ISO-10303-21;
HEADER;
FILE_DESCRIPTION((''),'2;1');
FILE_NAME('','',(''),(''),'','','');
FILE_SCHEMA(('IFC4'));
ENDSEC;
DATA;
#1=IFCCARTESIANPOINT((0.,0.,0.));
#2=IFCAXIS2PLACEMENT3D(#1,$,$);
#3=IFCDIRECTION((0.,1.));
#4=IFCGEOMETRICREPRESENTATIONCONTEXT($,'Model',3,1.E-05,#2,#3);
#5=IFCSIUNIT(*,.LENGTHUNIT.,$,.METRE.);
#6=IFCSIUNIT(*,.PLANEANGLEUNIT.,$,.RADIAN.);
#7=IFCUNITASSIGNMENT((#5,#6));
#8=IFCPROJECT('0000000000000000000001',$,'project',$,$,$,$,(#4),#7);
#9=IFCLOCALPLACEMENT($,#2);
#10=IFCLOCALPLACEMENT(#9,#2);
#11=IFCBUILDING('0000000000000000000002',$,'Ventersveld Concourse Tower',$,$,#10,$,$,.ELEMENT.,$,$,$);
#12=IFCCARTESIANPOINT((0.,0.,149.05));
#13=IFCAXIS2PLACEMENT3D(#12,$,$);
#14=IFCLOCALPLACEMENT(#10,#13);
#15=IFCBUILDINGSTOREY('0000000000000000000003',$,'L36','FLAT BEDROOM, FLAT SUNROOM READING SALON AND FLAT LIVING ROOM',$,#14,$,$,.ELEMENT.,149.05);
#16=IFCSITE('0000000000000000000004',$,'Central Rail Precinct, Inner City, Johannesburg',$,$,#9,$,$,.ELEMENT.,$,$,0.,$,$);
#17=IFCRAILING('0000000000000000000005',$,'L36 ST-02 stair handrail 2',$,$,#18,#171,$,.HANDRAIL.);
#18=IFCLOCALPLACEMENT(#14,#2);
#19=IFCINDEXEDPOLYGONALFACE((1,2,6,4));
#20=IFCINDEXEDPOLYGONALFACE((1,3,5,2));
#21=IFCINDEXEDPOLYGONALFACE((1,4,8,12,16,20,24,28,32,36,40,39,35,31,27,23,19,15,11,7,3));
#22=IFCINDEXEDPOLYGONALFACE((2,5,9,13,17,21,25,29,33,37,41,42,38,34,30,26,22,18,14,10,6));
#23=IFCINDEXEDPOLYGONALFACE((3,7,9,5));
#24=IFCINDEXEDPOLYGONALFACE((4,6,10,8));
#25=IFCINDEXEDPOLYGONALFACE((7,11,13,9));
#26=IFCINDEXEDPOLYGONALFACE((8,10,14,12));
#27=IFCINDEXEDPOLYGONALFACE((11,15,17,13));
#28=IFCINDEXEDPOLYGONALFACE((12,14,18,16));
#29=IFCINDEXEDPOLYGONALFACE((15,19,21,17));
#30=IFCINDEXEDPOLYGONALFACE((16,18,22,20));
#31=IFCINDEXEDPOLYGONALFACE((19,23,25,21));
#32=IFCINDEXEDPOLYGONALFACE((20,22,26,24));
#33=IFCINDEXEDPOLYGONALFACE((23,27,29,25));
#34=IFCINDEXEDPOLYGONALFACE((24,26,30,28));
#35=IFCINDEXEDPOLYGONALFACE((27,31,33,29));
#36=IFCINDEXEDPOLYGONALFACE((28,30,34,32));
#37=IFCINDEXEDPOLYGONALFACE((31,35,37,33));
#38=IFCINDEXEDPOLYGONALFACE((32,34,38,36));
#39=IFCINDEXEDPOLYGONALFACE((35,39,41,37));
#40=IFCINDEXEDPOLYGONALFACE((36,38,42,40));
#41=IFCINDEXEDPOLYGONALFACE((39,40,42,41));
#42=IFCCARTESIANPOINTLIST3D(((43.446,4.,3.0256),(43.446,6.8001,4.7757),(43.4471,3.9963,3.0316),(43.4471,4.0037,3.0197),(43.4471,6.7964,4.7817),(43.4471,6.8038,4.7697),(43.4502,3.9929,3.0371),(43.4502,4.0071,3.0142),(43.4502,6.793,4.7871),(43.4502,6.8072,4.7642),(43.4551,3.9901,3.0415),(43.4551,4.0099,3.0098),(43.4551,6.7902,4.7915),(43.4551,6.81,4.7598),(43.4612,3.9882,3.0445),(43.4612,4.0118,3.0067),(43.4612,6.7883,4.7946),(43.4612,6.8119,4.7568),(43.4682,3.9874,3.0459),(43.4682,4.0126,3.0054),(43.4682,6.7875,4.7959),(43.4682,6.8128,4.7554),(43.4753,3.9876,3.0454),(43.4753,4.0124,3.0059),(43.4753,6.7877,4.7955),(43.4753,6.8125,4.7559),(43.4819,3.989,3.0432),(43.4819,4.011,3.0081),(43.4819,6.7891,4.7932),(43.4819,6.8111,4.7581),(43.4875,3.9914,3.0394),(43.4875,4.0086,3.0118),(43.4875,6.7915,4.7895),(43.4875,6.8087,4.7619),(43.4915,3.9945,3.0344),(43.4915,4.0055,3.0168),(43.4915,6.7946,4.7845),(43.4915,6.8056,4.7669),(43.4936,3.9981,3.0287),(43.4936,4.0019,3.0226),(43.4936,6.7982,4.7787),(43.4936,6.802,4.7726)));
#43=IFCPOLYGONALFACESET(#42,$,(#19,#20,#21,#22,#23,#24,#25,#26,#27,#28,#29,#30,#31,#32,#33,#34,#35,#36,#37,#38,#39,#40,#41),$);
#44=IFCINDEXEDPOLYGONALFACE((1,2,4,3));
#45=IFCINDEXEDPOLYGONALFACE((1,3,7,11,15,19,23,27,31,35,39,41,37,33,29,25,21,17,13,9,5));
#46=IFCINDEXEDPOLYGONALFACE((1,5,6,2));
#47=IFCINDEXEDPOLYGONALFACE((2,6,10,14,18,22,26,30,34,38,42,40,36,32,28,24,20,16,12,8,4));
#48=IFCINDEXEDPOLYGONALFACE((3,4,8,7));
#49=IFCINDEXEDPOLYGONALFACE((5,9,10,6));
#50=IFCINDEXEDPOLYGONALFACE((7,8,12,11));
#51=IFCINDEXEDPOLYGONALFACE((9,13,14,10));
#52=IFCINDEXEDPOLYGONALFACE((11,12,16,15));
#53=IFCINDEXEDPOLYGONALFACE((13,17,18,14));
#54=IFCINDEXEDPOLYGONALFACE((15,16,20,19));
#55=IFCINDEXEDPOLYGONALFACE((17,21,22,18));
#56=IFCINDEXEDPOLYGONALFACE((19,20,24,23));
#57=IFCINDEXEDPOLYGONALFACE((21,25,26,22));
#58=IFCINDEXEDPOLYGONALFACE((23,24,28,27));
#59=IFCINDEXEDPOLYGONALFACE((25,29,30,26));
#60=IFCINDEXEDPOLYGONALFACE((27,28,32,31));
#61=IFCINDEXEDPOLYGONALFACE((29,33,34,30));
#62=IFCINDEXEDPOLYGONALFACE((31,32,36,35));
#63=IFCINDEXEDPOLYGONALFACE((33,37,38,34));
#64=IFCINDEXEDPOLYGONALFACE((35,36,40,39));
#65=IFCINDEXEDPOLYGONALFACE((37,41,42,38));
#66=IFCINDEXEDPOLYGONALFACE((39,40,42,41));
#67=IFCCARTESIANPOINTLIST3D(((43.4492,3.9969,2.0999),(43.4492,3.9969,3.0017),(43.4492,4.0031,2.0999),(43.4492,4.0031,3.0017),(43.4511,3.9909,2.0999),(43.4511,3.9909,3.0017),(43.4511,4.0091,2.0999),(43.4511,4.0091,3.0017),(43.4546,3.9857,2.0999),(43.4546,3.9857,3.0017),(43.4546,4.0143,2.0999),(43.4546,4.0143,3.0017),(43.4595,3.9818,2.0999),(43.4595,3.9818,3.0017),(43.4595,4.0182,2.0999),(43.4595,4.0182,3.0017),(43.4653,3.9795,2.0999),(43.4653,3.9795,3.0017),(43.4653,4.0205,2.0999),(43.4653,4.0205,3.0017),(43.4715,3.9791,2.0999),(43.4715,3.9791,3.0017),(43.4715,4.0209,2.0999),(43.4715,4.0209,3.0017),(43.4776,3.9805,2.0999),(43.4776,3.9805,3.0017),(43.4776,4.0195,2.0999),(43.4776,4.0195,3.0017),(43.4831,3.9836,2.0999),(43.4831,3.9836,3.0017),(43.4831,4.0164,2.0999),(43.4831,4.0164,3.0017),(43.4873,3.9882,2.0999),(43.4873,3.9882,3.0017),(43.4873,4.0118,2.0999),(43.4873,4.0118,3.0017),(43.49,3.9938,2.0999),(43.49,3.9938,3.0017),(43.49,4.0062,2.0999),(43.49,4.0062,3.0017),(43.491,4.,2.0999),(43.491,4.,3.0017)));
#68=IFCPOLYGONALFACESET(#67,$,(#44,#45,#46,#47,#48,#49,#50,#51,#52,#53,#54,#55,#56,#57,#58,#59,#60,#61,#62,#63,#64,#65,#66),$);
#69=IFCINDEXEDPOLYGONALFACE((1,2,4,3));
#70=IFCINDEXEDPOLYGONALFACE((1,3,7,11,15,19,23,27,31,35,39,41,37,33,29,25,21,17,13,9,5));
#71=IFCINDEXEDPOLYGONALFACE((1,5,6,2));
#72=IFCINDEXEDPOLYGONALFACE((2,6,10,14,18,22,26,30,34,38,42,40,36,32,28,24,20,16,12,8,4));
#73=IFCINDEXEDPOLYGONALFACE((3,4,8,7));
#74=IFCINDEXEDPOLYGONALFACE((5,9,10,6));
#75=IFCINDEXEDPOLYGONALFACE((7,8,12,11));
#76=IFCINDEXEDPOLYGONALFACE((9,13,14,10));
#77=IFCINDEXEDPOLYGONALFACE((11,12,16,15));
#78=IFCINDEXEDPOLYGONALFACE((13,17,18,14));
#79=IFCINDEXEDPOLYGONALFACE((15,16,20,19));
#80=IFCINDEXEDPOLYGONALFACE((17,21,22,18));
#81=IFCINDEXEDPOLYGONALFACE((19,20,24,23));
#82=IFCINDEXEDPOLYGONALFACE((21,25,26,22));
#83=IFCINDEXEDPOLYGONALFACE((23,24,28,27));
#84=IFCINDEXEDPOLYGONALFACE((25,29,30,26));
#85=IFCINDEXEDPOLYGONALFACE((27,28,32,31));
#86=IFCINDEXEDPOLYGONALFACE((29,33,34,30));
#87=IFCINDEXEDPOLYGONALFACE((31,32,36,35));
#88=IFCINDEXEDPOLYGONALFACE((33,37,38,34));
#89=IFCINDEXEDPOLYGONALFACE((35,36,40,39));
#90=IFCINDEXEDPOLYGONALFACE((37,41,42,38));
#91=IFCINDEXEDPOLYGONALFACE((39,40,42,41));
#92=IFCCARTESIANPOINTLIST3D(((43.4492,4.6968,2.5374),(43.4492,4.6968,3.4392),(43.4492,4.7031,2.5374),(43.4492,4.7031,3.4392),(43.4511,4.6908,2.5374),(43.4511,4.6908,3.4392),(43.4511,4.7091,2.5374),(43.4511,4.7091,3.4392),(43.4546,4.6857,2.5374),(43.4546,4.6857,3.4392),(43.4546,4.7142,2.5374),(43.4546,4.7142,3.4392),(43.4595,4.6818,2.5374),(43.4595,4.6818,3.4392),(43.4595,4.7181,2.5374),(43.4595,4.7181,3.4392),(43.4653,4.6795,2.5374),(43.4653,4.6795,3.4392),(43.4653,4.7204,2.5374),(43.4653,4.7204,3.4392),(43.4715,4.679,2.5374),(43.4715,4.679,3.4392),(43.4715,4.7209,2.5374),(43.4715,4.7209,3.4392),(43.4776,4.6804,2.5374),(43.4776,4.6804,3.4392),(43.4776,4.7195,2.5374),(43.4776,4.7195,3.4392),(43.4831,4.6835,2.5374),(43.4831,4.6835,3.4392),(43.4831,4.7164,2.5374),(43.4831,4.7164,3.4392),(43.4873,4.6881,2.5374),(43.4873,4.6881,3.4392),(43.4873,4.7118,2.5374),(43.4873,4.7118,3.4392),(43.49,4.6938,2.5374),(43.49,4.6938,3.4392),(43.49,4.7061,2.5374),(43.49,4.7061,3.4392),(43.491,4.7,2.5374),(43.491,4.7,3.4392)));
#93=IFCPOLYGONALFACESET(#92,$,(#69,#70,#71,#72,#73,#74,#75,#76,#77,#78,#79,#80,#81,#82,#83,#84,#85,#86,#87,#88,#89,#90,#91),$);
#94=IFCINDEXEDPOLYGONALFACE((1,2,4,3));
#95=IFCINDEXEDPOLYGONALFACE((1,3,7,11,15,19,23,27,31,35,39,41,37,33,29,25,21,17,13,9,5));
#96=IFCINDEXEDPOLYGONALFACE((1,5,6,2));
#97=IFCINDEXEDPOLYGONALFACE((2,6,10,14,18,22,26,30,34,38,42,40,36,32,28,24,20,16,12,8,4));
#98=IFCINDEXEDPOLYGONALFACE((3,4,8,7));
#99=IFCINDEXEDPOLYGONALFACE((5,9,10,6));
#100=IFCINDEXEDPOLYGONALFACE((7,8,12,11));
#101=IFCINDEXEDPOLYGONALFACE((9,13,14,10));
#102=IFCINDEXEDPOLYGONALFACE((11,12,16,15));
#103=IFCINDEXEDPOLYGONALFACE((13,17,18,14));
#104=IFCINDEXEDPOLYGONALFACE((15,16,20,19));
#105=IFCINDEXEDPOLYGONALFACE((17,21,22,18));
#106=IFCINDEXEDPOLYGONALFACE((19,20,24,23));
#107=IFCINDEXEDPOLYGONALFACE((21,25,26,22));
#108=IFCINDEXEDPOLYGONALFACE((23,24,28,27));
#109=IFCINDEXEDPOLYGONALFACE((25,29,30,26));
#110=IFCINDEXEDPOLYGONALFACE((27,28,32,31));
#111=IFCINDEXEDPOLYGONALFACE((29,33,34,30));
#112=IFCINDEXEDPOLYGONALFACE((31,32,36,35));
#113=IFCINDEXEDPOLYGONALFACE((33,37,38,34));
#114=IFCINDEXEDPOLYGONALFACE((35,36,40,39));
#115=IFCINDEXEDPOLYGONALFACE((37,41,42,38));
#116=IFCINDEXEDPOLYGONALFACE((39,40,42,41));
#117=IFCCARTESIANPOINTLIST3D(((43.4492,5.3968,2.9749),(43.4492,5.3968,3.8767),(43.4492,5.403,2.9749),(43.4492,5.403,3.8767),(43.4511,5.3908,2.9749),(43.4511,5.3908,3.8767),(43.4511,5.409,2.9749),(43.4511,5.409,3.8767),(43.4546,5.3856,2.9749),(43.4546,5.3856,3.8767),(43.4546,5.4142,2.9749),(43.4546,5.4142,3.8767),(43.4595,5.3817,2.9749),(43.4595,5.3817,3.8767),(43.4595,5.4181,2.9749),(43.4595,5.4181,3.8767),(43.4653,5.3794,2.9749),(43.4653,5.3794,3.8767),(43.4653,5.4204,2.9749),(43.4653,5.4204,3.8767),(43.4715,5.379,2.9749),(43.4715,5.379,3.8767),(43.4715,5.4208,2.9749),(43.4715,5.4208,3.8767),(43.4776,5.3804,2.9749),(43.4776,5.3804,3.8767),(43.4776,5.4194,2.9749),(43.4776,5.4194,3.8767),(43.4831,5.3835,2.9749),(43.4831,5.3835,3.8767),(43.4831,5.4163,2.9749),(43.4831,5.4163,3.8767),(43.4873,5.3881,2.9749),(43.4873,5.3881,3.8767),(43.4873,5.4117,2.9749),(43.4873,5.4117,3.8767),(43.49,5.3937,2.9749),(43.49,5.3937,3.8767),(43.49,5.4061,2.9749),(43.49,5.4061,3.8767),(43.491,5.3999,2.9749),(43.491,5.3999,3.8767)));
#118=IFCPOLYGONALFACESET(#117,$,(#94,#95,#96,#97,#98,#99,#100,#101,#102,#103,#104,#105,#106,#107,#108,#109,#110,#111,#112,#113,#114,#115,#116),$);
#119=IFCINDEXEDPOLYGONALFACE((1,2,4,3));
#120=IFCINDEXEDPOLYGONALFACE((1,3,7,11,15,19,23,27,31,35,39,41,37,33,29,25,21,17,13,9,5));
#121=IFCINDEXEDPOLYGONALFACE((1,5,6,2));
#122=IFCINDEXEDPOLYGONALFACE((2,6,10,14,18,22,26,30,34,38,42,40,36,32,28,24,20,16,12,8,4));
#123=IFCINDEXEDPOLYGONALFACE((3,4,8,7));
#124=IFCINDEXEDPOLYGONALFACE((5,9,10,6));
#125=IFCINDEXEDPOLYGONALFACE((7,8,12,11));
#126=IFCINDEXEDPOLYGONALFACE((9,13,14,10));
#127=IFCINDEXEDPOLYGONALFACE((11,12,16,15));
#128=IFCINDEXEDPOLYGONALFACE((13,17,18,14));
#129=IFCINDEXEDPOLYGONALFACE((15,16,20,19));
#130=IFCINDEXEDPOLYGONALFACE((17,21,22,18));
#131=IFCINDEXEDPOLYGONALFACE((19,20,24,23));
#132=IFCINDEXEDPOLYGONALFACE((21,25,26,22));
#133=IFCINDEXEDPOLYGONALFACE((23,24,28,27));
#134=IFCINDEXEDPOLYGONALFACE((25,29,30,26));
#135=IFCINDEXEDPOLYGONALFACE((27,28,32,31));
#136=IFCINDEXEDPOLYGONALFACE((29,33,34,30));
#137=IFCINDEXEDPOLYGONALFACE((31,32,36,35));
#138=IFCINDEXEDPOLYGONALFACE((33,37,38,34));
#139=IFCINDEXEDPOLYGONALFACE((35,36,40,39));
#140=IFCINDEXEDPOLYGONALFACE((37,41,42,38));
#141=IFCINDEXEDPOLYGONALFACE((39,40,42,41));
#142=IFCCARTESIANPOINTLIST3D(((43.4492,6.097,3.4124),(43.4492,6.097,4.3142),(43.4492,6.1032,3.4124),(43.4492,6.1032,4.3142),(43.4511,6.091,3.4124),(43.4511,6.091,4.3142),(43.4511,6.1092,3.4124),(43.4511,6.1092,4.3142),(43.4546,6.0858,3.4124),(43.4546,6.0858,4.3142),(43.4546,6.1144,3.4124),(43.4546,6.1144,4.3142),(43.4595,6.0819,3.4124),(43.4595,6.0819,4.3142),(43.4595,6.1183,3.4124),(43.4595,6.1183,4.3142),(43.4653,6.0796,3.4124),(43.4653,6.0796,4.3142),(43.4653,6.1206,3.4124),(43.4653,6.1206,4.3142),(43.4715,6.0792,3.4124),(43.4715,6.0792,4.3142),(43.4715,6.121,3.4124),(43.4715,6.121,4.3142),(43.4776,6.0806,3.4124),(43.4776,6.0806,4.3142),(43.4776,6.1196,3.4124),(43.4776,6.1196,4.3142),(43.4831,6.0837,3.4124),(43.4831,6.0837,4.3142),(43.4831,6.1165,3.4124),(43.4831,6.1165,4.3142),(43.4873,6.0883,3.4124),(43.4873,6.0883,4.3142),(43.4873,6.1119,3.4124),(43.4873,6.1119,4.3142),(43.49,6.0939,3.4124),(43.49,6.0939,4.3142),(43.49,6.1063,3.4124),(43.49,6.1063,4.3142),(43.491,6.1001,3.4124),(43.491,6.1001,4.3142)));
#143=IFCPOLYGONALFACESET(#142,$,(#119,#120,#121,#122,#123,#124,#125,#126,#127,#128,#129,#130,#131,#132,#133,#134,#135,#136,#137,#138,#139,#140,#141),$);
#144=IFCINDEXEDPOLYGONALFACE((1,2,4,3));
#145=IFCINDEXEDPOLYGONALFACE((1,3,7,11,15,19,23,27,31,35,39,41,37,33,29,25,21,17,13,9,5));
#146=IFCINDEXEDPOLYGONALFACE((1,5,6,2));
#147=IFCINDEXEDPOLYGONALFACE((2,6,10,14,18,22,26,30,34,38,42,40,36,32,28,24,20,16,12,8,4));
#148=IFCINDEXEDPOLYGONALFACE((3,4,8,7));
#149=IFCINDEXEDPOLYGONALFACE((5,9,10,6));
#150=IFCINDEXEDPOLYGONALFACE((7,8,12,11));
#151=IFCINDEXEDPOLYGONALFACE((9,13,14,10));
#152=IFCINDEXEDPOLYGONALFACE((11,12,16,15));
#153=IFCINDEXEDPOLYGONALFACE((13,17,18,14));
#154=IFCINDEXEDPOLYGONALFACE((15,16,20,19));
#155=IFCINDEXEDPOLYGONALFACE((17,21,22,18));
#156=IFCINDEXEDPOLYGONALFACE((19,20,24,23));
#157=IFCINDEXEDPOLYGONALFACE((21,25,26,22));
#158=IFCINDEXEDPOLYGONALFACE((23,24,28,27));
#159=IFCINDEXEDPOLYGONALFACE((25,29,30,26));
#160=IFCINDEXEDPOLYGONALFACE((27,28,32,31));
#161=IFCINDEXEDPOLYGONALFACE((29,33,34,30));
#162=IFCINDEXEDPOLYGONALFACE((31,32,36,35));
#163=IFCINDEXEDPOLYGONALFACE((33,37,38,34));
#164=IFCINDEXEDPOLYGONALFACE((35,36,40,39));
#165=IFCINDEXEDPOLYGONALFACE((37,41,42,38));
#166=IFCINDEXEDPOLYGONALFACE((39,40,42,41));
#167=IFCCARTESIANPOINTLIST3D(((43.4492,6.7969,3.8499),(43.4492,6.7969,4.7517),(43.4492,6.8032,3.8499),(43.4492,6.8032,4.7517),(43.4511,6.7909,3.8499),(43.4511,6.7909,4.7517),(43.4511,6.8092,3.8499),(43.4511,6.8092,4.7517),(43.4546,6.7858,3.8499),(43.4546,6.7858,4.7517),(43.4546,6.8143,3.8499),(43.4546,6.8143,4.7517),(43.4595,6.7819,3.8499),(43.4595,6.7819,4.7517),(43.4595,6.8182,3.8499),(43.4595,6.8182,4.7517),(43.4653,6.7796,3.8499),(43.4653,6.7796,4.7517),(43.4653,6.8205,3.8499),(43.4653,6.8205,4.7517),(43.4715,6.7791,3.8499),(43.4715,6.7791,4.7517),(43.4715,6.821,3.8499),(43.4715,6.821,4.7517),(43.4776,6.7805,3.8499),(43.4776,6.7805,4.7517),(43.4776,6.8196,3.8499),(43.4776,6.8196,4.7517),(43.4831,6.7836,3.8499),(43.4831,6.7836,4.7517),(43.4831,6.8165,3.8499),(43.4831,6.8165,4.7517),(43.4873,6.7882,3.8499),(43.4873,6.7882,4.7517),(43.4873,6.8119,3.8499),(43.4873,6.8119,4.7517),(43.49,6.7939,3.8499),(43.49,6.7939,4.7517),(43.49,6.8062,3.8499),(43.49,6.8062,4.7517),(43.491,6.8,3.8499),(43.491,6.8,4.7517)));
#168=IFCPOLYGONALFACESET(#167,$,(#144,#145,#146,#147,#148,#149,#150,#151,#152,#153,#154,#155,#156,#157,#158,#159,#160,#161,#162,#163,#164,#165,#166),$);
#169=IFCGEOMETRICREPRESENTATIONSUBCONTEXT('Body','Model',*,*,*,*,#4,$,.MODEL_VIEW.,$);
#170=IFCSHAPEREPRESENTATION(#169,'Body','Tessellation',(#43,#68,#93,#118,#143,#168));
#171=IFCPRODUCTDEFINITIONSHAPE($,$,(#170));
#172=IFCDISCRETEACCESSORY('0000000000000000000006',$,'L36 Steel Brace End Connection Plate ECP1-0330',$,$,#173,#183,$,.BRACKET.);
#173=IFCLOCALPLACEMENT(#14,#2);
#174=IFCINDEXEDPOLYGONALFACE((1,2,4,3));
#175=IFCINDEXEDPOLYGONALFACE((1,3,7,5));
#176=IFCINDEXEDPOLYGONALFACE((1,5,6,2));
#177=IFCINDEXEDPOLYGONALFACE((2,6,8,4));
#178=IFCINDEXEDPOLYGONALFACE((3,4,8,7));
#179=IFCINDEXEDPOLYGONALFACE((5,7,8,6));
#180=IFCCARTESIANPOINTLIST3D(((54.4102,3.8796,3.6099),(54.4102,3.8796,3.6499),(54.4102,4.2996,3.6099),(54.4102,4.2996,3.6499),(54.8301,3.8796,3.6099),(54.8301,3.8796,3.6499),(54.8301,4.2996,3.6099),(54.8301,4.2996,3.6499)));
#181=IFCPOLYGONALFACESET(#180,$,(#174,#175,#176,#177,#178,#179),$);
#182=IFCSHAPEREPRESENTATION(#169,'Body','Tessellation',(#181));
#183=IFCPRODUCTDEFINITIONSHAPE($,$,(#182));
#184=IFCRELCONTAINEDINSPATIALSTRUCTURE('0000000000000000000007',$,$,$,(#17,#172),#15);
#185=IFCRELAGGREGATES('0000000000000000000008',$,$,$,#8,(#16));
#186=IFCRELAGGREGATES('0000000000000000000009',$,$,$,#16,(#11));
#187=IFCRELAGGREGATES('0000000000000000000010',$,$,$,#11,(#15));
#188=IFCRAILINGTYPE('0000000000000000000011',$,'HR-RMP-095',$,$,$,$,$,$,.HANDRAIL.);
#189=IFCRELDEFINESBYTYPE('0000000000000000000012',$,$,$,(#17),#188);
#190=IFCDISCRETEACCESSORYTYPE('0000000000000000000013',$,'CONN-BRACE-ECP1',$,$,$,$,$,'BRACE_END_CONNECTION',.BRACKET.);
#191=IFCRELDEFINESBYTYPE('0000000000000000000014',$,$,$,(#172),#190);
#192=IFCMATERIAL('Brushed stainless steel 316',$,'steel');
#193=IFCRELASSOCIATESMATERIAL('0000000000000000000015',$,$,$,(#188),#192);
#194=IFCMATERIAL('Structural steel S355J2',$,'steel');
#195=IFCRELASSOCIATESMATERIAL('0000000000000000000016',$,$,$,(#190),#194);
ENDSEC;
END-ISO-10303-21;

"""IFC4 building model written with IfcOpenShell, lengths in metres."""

from ifc_helpers import new_model, si_unit, direction, frame, origin, origin_2d, place, context, subcontext, project, spatial, rectangle, circle, extrude, material, type_object, element, save


model = new_model("IFC4")

# Units and contexts
model_context = context("Model", 3, precision=1e-05, world=origin(), true_north=direction((0.0, 1.0)))
body_context = subcontext(model_context, "Body", "Model", "MODEL_VIEW")
ifc_project = project(units=[si_unit("LENGTHUNIT", "METRE"), si_unit("PLANEANGLEUNIT", "RADIAN")], contexts=[model_context])

# Site, building, storey
site_placement = place(None, origin())
site = spatial("IfcSite", under=ifc_project, at=site_placement, Name="Central Rail Precinct, Inner City, Johannesburg", CompositionType="ELEMENT", RefElevation=0.0)
building_placement = place(site_placement, origin())
building = spatial("IfcBuilding", under=site, at=building_placement, Name="Ventersveld Concourse Tower", CompositionType="ELEMENT")
storey_placement = place(building_placement, frame((0.0, 0.0, 149.05)))
storey = spatial("IfcBuildingStorey", under=building, at=storey_placement, Name="L36", Description="FLAT BEDROOM, FLAT SUNROOM READING SALON AND FLAT LIVING ROOM", CompositionType="ELEMENT", Elevation=149.05)

# Shared definitions
ifc_material_1 = material(Name="Structural steel S355J2", Category="steel")

# Railing
ifc_material_2 = material(Name="Brushed stainless steel 316", Category="steel")
railing_type = type_object("IfcRailingType", Name="HR-RMP-095", PredefinedType="HANDRAIL", material=ifc_material_2)
railing_placement = place(storey_placement, frame((43.47, 4.0, 2.0999)))
element("IfcRailing", 1, at=railing_placement, inside=storey, type_object=railing_type, Name="L36 ST-02 stair handrail 2", PredefinedType="HANDRAIL", context=body_context, shape_type="SweptSolid", body=[
    extrude(circle(Radius=0.0239, at=origin_2d()), frame((0.0, 0.0, 0.9258), z_axis=(0.0, 0.848002, 0.529992), x_axis=(-1.0, 0.0, 0.0)), (0.0, 0.0, 1.0), 3.302),
    extrude(circle(Radius=0.021, at=origin_2d()), origin(), (0.0, 0.0, 1.0), 0.9019),
    extrude(circle(Radius=0.021, at=origin_2d()), frame((0.0, 0.7, 0.4375)), (0.0, 0.0, 1.0), 0.9019),
    extrude(circle(Radius=0.021, at=origin_2d()), frame((0.0, 1.3999, 0.875)), (0.0, 0.0, 1.0), 0.9019),
    extrude(circle(Radius=0.021, at=origin_2d()), frame((0.0, 2.1001, 1.3125)), (0.0, 0.0, 1.0), 0.9019),
    extrude(circle(Radius=0.021, at=origin_2d()), frame((0.0, 2.8, 1.75)), (0.0, 0.0, 1.0), 0.9019),
])

# Discrete accessory
discrete_accessory_type = type_object("IfcDiscreteAccessoryType", Name="CONN-BRACE-ECP1", ElementType="BRACE_END_CONNECTION", PredefinedType="BRACKET", material=ifc_material_1)
discrete_accessory_placement = place(storey_placement, frame((54.6201, 4.0896, 3.6099), z_axis=(0.0, 0.0, 1.0), x_axis=(1.0, 0.0, 0.0)))
element("IfcDiscreteAccessory", 2, at=discrete_accessory_placement, inside=storey, type_object=discrete_accessory_type, Name="L36 Steel Brace End Connection Plate ECP1-0330", PredefinedType="BRACKET", context=body_context, shape_type="SweptSolid", body=[
    extrude(rectangle(XDim=0.4199, YDim=0.4199, at=origin_2d()), origin(), (0.0, 0.0, 1.0), 0.04),
])

save(model, "model.ifc")
